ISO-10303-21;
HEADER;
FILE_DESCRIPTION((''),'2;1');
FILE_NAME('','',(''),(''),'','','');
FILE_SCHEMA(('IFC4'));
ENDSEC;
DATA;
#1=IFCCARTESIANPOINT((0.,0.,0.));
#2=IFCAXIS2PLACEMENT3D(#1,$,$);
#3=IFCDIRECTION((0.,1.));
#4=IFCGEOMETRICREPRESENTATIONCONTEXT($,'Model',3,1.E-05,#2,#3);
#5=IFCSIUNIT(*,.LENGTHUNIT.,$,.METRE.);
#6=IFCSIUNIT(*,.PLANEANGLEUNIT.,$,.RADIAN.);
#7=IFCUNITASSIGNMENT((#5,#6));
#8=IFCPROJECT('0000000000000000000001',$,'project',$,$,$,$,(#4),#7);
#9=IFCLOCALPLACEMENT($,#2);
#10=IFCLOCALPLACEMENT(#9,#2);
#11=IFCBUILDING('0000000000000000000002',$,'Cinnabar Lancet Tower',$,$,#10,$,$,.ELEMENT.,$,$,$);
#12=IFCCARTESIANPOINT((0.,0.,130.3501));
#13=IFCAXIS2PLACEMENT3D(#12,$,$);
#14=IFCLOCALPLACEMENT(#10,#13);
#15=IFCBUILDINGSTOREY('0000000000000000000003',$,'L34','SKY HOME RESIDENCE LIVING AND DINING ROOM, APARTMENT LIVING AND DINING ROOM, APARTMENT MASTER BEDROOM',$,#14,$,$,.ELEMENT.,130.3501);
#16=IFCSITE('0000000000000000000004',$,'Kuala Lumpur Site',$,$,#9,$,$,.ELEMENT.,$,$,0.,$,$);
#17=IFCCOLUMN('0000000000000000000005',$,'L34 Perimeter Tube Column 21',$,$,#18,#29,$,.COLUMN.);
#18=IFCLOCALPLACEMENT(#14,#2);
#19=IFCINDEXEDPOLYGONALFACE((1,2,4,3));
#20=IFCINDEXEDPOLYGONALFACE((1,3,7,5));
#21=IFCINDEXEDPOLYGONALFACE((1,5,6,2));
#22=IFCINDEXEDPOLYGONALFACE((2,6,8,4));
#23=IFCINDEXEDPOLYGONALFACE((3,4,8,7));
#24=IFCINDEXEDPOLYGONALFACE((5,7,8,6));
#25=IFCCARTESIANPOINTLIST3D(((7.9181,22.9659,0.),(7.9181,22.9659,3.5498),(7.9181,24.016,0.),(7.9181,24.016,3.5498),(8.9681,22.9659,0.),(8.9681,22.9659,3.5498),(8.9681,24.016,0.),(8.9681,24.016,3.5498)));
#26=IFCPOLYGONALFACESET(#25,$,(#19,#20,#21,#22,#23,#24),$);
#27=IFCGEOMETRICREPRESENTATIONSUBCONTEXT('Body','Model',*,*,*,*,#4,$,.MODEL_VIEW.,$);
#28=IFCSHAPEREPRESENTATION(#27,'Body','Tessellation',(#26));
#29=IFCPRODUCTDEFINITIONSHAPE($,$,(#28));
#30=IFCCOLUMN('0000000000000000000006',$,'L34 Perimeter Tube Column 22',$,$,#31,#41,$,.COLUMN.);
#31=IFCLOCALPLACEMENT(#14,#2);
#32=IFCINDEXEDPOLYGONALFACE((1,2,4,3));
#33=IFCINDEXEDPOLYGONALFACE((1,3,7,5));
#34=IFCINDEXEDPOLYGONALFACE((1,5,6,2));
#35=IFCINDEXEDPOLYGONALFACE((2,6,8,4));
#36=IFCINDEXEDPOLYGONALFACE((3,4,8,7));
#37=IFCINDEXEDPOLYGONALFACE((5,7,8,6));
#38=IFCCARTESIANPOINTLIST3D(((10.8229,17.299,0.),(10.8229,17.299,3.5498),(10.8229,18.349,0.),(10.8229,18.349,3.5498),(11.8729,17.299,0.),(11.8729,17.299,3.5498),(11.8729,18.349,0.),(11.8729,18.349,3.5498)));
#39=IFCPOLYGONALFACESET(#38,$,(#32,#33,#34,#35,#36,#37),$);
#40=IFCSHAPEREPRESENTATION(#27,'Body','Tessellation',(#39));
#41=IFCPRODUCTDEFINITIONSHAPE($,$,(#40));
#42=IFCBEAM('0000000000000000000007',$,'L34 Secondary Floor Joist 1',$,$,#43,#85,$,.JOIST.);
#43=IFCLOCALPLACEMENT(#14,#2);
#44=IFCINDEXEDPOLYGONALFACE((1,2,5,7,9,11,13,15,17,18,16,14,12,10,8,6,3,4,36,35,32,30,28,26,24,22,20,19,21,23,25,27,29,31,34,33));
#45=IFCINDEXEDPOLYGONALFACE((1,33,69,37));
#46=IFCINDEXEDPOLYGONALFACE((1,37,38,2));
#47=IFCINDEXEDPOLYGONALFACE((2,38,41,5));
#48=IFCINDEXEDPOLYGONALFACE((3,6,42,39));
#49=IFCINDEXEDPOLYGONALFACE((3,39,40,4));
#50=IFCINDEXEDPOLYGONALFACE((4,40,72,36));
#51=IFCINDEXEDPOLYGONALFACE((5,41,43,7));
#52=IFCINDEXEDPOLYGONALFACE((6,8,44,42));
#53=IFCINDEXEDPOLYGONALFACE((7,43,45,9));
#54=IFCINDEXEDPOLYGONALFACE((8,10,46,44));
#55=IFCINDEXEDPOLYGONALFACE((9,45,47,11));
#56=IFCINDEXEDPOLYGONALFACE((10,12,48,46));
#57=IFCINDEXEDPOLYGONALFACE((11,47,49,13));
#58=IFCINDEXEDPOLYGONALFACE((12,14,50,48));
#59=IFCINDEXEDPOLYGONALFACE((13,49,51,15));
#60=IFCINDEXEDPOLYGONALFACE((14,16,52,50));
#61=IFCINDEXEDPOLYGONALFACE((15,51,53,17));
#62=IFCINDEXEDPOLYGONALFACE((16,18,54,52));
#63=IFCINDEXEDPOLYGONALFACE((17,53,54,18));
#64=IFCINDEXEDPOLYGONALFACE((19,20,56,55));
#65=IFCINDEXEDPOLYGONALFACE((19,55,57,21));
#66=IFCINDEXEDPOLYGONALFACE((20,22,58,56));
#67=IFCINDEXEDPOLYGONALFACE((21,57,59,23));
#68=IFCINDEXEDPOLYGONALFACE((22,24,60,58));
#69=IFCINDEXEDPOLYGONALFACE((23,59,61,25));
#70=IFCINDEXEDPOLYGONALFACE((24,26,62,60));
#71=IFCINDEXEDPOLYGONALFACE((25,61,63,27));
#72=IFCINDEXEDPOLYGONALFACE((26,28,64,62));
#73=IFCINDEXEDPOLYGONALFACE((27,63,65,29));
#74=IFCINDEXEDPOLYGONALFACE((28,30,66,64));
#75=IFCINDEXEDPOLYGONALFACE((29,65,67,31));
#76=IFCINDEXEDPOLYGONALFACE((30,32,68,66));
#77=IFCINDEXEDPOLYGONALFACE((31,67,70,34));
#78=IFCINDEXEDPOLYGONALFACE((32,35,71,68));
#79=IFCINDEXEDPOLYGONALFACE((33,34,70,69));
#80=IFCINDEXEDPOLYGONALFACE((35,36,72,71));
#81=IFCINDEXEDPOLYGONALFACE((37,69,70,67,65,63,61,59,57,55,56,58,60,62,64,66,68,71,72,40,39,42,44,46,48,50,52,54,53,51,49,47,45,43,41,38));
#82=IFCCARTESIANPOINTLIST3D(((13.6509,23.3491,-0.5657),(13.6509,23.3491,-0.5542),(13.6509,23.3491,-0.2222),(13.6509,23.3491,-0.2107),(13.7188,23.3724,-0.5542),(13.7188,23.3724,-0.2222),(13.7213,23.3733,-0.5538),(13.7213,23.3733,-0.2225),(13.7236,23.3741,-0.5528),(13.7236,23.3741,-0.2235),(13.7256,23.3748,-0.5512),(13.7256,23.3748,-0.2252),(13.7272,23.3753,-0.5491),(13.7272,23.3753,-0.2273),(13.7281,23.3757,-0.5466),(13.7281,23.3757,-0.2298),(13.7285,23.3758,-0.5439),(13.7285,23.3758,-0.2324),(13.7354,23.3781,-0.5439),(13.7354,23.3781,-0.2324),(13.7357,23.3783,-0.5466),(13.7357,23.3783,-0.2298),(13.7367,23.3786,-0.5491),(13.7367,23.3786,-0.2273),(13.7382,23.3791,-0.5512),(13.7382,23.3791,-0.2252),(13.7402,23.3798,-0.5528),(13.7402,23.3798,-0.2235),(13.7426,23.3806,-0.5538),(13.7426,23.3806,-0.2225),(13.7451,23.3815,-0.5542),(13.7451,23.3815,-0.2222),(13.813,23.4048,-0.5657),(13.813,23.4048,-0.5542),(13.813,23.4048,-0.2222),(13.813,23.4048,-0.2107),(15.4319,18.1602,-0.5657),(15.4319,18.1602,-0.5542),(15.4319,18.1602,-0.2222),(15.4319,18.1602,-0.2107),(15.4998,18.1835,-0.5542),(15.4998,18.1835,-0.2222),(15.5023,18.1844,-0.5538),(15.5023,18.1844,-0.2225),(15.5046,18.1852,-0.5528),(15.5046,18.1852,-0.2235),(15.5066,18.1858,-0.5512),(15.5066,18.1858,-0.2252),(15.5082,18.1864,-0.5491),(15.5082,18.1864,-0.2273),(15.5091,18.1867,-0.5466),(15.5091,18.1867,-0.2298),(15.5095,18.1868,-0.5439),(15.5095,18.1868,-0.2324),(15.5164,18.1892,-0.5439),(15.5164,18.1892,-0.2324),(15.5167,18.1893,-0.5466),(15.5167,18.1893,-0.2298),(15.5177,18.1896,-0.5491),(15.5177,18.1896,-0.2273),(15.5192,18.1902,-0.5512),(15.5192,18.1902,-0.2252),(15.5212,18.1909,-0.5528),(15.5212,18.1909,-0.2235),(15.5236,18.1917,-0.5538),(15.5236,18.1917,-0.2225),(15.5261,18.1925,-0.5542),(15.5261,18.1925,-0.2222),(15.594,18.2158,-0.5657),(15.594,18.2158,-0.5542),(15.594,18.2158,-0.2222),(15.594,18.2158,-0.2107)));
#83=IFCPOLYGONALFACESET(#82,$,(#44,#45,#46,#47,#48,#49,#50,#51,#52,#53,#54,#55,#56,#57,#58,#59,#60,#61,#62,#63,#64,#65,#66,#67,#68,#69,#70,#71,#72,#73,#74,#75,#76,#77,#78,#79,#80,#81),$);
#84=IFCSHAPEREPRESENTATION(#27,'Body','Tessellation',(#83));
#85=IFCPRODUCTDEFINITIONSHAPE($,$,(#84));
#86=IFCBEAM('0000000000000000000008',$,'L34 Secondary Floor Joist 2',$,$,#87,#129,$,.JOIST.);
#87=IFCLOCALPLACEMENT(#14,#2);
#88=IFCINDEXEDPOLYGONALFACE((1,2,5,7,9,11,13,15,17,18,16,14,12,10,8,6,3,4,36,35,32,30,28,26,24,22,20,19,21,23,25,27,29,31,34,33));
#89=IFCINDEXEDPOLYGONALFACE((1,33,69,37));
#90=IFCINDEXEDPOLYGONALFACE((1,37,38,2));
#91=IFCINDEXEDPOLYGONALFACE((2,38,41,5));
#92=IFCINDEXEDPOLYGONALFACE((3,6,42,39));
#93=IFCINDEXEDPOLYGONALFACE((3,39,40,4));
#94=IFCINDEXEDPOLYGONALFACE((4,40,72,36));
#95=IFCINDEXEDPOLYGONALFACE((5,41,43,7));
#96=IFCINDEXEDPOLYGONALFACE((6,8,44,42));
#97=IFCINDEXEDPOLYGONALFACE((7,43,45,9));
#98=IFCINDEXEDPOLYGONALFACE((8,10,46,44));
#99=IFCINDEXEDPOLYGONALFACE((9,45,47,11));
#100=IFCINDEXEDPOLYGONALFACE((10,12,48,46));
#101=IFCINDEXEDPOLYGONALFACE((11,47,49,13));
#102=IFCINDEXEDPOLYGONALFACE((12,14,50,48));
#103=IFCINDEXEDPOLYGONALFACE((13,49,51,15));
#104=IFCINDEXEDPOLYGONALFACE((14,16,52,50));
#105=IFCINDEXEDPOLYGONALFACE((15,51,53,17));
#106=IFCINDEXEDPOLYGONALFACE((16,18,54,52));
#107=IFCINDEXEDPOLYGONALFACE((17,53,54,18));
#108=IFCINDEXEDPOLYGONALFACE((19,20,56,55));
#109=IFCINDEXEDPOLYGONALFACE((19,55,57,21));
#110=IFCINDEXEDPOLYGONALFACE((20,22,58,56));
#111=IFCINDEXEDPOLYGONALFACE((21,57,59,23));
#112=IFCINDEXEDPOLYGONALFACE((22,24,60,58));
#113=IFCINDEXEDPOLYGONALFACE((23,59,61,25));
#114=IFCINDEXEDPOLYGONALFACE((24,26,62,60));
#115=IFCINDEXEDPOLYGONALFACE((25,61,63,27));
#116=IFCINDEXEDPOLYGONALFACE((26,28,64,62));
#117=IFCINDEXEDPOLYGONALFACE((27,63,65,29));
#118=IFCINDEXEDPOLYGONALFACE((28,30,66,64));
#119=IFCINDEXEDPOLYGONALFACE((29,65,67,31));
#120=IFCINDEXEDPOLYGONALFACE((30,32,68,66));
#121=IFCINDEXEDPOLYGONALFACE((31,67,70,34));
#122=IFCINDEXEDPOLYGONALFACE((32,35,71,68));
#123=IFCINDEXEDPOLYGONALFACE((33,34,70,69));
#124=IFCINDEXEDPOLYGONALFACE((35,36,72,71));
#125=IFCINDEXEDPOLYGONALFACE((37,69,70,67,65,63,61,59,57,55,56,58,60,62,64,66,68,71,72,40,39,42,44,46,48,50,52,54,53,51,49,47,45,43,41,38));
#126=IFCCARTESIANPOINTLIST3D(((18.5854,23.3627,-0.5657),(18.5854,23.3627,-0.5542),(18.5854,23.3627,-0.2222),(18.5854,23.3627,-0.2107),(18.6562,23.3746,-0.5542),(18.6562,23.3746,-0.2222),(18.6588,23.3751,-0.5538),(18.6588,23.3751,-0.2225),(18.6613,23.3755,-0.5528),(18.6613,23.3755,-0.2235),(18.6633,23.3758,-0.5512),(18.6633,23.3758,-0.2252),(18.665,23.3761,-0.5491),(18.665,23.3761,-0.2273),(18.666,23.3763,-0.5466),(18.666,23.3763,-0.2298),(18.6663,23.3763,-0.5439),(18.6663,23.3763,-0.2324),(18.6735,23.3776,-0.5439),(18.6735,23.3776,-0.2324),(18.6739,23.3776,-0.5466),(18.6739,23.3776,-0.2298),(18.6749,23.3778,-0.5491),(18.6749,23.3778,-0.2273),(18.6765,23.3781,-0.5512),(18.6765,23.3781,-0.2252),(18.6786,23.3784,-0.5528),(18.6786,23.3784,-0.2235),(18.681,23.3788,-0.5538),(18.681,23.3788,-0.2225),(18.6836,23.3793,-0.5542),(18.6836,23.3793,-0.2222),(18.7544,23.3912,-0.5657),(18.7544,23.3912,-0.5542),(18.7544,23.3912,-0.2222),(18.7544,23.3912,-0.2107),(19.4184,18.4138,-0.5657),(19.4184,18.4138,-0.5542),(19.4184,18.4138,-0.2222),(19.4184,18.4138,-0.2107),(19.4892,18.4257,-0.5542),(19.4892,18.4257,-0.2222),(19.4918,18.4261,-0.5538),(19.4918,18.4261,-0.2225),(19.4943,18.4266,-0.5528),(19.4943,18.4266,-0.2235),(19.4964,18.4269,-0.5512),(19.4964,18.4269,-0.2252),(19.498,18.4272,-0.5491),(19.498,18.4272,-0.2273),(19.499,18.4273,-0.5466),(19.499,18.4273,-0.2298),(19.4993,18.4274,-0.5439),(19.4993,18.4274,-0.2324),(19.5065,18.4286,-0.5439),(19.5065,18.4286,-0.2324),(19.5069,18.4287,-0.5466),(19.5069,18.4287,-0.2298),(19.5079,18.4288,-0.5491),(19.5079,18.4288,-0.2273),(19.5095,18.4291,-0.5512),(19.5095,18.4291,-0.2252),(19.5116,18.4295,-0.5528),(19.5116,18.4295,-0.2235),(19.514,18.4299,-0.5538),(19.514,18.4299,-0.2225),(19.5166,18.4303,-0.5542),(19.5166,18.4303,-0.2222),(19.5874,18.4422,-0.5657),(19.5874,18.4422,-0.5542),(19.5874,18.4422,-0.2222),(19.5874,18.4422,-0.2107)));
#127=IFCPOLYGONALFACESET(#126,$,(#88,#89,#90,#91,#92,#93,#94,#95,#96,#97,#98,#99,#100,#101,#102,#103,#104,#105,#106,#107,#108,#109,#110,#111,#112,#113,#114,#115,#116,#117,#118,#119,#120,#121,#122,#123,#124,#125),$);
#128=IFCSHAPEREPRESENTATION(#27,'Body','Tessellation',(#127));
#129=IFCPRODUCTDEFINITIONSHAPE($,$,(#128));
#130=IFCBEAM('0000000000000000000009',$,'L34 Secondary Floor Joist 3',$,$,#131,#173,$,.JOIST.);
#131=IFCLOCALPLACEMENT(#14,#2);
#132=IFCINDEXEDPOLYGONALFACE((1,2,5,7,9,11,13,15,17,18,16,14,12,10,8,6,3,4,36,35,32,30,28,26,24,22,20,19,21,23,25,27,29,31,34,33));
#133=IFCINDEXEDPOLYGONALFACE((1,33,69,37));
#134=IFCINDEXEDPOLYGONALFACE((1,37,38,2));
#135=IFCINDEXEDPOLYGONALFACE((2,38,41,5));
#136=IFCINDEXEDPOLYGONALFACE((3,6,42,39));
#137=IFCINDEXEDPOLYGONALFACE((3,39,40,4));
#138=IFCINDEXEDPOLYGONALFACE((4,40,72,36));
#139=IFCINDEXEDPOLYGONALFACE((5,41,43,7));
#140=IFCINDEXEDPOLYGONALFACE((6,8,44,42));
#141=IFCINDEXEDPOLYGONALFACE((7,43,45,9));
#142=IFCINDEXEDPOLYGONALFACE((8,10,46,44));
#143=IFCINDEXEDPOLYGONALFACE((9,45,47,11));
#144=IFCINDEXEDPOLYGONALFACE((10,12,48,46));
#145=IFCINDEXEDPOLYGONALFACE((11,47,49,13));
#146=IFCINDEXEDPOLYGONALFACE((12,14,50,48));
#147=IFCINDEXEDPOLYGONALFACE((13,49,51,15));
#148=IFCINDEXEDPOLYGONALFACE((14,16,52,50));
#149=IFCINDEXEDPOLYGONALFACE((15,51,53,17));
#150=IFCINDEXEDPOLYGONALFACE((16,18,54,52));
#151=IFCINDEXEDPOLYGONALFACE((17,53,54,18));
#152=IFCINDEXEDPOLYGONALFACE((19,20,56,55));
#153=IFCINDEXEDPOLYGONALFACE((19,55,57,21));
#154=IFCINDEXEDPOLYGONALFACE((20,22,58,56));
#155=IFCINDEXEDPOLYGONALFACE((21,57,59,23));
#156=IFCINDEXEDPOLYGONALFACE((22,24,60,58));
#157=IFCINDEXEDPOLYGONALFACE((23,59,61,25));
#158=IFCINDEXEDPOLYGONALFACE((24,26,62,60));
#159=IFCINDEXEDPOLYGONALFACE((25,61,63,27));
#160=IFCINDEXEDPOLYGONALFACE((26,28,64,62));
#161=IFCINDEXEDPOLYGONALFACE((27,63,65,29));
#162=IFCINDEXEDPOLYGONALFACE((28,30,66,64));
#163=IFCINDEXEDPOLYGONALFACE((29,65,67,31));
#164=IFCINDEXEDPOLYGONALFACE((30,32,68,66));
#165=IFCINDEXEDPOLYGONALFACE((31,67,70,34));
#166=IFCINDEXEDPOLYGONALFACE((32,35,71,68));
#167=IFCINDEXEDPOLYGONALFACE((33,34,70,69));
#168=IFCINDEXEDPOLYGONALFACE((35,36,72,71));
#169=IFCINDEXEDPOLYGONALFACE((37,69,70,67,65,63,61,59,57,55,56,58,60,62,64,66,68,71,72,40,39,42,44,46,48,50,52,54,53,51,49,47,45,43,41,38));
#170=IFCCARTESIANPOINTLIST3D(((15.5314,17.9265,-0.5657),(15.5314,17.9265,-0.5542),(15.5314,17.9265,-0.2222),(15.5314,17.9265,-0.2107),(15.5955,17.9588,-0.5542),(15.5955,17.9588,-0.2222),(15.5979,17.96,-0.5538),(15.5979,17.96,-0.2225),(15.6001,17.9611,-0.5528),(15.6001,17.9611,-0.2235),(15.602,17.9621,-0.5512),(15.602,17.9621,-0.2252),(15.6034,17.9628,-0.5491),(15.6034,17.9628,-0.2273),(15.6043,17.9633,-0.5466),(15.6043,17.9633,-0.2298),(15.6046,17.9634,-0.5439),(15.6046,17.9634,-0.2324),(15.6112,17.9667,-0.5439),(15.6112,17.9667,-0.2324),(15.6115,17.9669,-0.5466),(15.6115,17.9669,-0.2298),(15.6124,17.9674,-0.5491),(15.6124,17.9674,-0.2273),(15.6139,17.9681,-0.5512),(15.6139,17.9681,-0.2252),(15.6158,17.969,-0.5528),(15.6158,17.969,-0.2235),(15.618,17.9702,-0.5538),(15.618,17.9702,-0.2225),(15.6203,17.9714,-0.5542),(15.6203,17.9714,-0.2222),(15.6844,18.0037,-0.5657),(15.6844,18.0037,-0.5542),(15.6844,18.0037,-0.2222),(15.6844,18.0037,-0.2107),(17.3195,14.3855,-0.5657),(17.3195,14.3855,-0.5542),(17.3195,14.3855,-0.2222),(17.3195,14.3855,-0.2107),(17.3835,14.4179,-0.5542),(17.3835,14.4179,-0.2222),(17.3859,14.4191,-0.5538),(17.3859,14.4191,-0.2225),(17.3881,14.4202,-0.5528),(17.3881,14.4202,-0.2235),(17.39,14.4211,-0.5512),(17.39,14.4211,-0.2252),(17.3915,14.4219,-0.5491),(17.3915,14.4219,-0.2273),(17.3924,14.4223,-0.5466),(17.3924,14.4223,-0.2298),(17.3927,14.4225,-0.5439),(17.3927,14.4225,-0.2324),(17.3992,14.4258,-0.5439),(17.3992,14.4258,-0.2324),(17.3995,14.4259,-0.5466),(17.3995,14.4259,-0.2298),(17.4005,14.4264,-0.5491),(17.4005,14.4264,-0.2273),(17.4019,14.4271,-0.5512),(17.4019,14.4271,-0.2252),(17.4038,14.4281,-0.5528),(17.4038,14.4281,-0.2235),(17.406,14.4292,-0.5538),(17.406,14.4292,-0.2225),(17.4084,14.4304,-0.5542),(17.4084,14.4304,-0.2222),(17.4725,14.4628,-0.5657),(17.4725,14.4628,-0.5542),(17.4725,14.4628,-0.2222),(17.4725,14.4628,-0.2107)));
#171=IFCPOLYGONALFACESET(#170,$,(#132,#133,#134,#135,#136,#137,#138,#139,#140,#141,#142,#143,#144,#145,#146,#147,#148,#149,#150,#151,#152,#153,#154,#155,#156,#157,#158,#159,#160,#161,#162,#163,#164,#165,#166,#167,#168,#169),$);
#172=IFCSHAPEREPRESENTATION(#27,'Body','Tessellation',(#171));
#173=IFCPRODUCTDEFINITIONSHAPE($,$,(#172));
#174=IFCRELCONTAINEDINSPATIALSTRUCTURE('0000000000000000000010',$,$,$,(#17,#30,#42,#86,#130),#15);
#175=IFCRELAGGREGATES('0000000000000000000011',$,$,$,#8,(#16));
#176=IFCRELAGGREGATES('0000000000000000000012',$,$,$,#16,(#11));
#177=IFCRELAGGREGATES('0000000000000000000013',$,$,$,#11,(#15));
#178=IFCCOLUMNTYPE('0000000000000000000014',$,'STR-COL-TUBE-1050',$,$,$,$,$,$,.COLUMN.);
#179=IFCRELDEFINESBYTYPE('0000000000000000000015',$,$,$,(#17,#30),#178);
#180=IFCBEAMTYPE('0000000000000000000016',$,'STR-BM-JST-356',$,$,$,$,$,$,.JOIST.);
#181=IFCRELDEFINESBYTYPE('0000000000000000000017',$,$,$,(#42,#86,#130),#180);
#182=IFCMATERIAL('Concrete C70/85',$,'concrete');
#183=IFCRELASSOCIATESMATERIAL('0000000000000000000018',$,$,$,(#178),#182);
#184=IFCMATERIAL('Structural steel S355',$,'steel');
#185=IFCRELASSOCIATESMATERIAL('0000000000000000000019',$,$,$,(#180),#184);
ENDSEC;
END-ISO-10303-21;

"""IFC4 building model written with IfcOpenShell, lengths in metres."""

from ifc_helpers import new_model, si_unit, direction, frame, origin, origin_2d, place, context, subcontext, project, spatial, rectangle, i_section, extrude, material, material_profile, profile_set, type_object, element, save


model = new_model("IFC4")

# Units and contexts
model_context = context("Model", 3, precision=1e-05, world=origin(), true_north=direction((0.0, 1.0)))
body_context = subcontext(model_context, "Body", "Model", "MODEL_VIEW")
ifc_project = project(units=[si_unit("LENGTHUNIT", "METRE"), si_unit("PLANEANGLEUNIT", "RADIAN")], contexts=[model_context])

# Site, building, storey
site_placement = place(None, origin())
site = spatial("IfcSite", under=ifc_project, at=site_placement, Name="Kuala Lumpur Site", CompositionType="ELEMENT", RefElevation=0.0)
building_placement = place(site_placement, origin())
building = spatial("IfcBuilding", under=site, at=building_placement, Name="Cinnabar Lancet Tower", CompositionType="ELEMENT")
storey_placement = place(building_placement, frame((0.0, 0.0, 130.3501)))
storey = spatial("IfcBuildingStorey", under=building, at=storey_placement, Name="L34", Description="SKY HOME RESIDENCE LIVING AND DINING ROOM, APARTMENT LIVING AND DINING ROOM, APARTMENT MASTER BEDROOM", CompositionType="ELEMENT", Elevation=130.3501)

# Columns
ifc_material_1 = material(Name="Concrete C70/85", Category="concrete")
ifc_material_profile_1 = material_profile(ifc_material_1, rectangle(XDim=1.05, YDim=1.05, at=origin_2d()), Name="RC-COL 1050x1050")
ifc_profile_set_1 = profile_set([ifc_material_profile_1], Name="Concrete C70/85")
column_type = type_object("IfcColumnType", Name="STR-COL-TUBE-1050", PredefinedType="COLUMN", material=ifc_profile_set_1)
for number, where, z_axis, x_axis, name in (
    (1, (8.4431, 23.491, 0.0), (0.0, 0.0, 1.0), (1.0, 0.0, 0.0), "L34 Perimeter Tube Column 21"),
    (2, (11.3479, 17.824, 0.0), (0.0, 0.0, 1.0), (1.0, 0.0, 0.0), "L34 Perimeter Tube Column 22"),
):
    element("IfcColumn", number, at=place(storey_placement, frame(where, z_axis=z_axis, x_axis=x_axis)), inside=storey, type_object=column_type, Name=name, PredefinedType="COLUMN", context=body_context, shape_type="SweptSolid", body=[
        extrude(rectangle(XDim=1.05, YDim=1.05, at=origin_2d()), origin(), (0.0, 0.0, 1.0), 3.5498),
    ])

# Beams
ifc_material_2 = material(Name="Structural steel S355", Category="steel")
ifc_material_profile_2 = material_profile(ifc_material_2, i_section(OverallWidth=0.1714, OverallDepth=0.355, WebThickness=0.0073, FlangeThickness=0.0115, FilletRadius=0.0103, at=origin_2d()), Name="UKB 356x171x51")
ifc_profile_set_2 = profile_set([ifc_material_profile_2], Name="Structural steel S355")
beam_type_1 = type_object("IfcBeamType", Name="STR-BM-JST-356", PredefinedType="JOIST", material=ifc_profile_set_2)
beam_1_placement = place(storey_placement, frame((13.7319, 23.377, -0.3882), z_axis=(0.324639, -0.945838, 0.0), x_axis=(0.945838, 0.324639, 0.0)))
element("IfcBeam", 3, at=beam_1_placement, inside=storey, type_object=beam_type_1, Name="L34 Secondary Floor Joist 1", PredefinedType="JOIST", context=body_context, shape_type="SweptSolid", body=[
    extrude(i_section(OverallWidth=0.1714, OverallDepth=0.355, WebThickness=0.0073, FlangeThickness=0.0115, FilletRadius=0.0103, at=origin_2d()), origin(), (0.0, 0.0, 1.0), 5.4861),
])
beam_2_placement = place(storey_placement, frame((18.6699, 23.377, -0.3882), z_axis=(0.165984, -0.986128, 0.0), x_axis=(0.986128, 0.165984, 0.0)))
element("IfcBeam", 4, at=beam_2_placement, inside=storey, type_object=beam_type_1, Name="L34 Secondary Floor Joist 2", PredefinedType="JOIST", context=body_context, shape_type="SweptSolid", body=[
    extrude(i_section(OverallWidth=0.1714, OverallDepth=0.355, WebThickness=0.0073, FlangeThickness=0.0115, FilletRadius=0.0103, at=origin_2d()), origin(), (0.0, 0.0, 1.0), 5.0186),
])
beam_3_placement = place(storey_placement, frame((15.6079, 17.9651, -0.3882), z_axis=(0.450755, -0.892648, 0.0), x_axis=(0.892648, 0.450755, 0.0)))
element("IfcBeam", 5, at=beam_3_placement, inside=storey, type_object=beam_type_1, Name="L34 Secondary Floor Joist 3", PredefinedType="JOIST", context=body_context, shape_type="SweptSolid", body=[
    extrude(i_section(OverallWidth=0.1714, OverallDepth=0.355, WebThickness=0.0073, FlangeThickness=0.0115, FilletRadius=0.0103, at=origin_2d()), origin(), (0.0, 0.0, 1.0), 3.9668),
])

save(model, "model.ifc")
